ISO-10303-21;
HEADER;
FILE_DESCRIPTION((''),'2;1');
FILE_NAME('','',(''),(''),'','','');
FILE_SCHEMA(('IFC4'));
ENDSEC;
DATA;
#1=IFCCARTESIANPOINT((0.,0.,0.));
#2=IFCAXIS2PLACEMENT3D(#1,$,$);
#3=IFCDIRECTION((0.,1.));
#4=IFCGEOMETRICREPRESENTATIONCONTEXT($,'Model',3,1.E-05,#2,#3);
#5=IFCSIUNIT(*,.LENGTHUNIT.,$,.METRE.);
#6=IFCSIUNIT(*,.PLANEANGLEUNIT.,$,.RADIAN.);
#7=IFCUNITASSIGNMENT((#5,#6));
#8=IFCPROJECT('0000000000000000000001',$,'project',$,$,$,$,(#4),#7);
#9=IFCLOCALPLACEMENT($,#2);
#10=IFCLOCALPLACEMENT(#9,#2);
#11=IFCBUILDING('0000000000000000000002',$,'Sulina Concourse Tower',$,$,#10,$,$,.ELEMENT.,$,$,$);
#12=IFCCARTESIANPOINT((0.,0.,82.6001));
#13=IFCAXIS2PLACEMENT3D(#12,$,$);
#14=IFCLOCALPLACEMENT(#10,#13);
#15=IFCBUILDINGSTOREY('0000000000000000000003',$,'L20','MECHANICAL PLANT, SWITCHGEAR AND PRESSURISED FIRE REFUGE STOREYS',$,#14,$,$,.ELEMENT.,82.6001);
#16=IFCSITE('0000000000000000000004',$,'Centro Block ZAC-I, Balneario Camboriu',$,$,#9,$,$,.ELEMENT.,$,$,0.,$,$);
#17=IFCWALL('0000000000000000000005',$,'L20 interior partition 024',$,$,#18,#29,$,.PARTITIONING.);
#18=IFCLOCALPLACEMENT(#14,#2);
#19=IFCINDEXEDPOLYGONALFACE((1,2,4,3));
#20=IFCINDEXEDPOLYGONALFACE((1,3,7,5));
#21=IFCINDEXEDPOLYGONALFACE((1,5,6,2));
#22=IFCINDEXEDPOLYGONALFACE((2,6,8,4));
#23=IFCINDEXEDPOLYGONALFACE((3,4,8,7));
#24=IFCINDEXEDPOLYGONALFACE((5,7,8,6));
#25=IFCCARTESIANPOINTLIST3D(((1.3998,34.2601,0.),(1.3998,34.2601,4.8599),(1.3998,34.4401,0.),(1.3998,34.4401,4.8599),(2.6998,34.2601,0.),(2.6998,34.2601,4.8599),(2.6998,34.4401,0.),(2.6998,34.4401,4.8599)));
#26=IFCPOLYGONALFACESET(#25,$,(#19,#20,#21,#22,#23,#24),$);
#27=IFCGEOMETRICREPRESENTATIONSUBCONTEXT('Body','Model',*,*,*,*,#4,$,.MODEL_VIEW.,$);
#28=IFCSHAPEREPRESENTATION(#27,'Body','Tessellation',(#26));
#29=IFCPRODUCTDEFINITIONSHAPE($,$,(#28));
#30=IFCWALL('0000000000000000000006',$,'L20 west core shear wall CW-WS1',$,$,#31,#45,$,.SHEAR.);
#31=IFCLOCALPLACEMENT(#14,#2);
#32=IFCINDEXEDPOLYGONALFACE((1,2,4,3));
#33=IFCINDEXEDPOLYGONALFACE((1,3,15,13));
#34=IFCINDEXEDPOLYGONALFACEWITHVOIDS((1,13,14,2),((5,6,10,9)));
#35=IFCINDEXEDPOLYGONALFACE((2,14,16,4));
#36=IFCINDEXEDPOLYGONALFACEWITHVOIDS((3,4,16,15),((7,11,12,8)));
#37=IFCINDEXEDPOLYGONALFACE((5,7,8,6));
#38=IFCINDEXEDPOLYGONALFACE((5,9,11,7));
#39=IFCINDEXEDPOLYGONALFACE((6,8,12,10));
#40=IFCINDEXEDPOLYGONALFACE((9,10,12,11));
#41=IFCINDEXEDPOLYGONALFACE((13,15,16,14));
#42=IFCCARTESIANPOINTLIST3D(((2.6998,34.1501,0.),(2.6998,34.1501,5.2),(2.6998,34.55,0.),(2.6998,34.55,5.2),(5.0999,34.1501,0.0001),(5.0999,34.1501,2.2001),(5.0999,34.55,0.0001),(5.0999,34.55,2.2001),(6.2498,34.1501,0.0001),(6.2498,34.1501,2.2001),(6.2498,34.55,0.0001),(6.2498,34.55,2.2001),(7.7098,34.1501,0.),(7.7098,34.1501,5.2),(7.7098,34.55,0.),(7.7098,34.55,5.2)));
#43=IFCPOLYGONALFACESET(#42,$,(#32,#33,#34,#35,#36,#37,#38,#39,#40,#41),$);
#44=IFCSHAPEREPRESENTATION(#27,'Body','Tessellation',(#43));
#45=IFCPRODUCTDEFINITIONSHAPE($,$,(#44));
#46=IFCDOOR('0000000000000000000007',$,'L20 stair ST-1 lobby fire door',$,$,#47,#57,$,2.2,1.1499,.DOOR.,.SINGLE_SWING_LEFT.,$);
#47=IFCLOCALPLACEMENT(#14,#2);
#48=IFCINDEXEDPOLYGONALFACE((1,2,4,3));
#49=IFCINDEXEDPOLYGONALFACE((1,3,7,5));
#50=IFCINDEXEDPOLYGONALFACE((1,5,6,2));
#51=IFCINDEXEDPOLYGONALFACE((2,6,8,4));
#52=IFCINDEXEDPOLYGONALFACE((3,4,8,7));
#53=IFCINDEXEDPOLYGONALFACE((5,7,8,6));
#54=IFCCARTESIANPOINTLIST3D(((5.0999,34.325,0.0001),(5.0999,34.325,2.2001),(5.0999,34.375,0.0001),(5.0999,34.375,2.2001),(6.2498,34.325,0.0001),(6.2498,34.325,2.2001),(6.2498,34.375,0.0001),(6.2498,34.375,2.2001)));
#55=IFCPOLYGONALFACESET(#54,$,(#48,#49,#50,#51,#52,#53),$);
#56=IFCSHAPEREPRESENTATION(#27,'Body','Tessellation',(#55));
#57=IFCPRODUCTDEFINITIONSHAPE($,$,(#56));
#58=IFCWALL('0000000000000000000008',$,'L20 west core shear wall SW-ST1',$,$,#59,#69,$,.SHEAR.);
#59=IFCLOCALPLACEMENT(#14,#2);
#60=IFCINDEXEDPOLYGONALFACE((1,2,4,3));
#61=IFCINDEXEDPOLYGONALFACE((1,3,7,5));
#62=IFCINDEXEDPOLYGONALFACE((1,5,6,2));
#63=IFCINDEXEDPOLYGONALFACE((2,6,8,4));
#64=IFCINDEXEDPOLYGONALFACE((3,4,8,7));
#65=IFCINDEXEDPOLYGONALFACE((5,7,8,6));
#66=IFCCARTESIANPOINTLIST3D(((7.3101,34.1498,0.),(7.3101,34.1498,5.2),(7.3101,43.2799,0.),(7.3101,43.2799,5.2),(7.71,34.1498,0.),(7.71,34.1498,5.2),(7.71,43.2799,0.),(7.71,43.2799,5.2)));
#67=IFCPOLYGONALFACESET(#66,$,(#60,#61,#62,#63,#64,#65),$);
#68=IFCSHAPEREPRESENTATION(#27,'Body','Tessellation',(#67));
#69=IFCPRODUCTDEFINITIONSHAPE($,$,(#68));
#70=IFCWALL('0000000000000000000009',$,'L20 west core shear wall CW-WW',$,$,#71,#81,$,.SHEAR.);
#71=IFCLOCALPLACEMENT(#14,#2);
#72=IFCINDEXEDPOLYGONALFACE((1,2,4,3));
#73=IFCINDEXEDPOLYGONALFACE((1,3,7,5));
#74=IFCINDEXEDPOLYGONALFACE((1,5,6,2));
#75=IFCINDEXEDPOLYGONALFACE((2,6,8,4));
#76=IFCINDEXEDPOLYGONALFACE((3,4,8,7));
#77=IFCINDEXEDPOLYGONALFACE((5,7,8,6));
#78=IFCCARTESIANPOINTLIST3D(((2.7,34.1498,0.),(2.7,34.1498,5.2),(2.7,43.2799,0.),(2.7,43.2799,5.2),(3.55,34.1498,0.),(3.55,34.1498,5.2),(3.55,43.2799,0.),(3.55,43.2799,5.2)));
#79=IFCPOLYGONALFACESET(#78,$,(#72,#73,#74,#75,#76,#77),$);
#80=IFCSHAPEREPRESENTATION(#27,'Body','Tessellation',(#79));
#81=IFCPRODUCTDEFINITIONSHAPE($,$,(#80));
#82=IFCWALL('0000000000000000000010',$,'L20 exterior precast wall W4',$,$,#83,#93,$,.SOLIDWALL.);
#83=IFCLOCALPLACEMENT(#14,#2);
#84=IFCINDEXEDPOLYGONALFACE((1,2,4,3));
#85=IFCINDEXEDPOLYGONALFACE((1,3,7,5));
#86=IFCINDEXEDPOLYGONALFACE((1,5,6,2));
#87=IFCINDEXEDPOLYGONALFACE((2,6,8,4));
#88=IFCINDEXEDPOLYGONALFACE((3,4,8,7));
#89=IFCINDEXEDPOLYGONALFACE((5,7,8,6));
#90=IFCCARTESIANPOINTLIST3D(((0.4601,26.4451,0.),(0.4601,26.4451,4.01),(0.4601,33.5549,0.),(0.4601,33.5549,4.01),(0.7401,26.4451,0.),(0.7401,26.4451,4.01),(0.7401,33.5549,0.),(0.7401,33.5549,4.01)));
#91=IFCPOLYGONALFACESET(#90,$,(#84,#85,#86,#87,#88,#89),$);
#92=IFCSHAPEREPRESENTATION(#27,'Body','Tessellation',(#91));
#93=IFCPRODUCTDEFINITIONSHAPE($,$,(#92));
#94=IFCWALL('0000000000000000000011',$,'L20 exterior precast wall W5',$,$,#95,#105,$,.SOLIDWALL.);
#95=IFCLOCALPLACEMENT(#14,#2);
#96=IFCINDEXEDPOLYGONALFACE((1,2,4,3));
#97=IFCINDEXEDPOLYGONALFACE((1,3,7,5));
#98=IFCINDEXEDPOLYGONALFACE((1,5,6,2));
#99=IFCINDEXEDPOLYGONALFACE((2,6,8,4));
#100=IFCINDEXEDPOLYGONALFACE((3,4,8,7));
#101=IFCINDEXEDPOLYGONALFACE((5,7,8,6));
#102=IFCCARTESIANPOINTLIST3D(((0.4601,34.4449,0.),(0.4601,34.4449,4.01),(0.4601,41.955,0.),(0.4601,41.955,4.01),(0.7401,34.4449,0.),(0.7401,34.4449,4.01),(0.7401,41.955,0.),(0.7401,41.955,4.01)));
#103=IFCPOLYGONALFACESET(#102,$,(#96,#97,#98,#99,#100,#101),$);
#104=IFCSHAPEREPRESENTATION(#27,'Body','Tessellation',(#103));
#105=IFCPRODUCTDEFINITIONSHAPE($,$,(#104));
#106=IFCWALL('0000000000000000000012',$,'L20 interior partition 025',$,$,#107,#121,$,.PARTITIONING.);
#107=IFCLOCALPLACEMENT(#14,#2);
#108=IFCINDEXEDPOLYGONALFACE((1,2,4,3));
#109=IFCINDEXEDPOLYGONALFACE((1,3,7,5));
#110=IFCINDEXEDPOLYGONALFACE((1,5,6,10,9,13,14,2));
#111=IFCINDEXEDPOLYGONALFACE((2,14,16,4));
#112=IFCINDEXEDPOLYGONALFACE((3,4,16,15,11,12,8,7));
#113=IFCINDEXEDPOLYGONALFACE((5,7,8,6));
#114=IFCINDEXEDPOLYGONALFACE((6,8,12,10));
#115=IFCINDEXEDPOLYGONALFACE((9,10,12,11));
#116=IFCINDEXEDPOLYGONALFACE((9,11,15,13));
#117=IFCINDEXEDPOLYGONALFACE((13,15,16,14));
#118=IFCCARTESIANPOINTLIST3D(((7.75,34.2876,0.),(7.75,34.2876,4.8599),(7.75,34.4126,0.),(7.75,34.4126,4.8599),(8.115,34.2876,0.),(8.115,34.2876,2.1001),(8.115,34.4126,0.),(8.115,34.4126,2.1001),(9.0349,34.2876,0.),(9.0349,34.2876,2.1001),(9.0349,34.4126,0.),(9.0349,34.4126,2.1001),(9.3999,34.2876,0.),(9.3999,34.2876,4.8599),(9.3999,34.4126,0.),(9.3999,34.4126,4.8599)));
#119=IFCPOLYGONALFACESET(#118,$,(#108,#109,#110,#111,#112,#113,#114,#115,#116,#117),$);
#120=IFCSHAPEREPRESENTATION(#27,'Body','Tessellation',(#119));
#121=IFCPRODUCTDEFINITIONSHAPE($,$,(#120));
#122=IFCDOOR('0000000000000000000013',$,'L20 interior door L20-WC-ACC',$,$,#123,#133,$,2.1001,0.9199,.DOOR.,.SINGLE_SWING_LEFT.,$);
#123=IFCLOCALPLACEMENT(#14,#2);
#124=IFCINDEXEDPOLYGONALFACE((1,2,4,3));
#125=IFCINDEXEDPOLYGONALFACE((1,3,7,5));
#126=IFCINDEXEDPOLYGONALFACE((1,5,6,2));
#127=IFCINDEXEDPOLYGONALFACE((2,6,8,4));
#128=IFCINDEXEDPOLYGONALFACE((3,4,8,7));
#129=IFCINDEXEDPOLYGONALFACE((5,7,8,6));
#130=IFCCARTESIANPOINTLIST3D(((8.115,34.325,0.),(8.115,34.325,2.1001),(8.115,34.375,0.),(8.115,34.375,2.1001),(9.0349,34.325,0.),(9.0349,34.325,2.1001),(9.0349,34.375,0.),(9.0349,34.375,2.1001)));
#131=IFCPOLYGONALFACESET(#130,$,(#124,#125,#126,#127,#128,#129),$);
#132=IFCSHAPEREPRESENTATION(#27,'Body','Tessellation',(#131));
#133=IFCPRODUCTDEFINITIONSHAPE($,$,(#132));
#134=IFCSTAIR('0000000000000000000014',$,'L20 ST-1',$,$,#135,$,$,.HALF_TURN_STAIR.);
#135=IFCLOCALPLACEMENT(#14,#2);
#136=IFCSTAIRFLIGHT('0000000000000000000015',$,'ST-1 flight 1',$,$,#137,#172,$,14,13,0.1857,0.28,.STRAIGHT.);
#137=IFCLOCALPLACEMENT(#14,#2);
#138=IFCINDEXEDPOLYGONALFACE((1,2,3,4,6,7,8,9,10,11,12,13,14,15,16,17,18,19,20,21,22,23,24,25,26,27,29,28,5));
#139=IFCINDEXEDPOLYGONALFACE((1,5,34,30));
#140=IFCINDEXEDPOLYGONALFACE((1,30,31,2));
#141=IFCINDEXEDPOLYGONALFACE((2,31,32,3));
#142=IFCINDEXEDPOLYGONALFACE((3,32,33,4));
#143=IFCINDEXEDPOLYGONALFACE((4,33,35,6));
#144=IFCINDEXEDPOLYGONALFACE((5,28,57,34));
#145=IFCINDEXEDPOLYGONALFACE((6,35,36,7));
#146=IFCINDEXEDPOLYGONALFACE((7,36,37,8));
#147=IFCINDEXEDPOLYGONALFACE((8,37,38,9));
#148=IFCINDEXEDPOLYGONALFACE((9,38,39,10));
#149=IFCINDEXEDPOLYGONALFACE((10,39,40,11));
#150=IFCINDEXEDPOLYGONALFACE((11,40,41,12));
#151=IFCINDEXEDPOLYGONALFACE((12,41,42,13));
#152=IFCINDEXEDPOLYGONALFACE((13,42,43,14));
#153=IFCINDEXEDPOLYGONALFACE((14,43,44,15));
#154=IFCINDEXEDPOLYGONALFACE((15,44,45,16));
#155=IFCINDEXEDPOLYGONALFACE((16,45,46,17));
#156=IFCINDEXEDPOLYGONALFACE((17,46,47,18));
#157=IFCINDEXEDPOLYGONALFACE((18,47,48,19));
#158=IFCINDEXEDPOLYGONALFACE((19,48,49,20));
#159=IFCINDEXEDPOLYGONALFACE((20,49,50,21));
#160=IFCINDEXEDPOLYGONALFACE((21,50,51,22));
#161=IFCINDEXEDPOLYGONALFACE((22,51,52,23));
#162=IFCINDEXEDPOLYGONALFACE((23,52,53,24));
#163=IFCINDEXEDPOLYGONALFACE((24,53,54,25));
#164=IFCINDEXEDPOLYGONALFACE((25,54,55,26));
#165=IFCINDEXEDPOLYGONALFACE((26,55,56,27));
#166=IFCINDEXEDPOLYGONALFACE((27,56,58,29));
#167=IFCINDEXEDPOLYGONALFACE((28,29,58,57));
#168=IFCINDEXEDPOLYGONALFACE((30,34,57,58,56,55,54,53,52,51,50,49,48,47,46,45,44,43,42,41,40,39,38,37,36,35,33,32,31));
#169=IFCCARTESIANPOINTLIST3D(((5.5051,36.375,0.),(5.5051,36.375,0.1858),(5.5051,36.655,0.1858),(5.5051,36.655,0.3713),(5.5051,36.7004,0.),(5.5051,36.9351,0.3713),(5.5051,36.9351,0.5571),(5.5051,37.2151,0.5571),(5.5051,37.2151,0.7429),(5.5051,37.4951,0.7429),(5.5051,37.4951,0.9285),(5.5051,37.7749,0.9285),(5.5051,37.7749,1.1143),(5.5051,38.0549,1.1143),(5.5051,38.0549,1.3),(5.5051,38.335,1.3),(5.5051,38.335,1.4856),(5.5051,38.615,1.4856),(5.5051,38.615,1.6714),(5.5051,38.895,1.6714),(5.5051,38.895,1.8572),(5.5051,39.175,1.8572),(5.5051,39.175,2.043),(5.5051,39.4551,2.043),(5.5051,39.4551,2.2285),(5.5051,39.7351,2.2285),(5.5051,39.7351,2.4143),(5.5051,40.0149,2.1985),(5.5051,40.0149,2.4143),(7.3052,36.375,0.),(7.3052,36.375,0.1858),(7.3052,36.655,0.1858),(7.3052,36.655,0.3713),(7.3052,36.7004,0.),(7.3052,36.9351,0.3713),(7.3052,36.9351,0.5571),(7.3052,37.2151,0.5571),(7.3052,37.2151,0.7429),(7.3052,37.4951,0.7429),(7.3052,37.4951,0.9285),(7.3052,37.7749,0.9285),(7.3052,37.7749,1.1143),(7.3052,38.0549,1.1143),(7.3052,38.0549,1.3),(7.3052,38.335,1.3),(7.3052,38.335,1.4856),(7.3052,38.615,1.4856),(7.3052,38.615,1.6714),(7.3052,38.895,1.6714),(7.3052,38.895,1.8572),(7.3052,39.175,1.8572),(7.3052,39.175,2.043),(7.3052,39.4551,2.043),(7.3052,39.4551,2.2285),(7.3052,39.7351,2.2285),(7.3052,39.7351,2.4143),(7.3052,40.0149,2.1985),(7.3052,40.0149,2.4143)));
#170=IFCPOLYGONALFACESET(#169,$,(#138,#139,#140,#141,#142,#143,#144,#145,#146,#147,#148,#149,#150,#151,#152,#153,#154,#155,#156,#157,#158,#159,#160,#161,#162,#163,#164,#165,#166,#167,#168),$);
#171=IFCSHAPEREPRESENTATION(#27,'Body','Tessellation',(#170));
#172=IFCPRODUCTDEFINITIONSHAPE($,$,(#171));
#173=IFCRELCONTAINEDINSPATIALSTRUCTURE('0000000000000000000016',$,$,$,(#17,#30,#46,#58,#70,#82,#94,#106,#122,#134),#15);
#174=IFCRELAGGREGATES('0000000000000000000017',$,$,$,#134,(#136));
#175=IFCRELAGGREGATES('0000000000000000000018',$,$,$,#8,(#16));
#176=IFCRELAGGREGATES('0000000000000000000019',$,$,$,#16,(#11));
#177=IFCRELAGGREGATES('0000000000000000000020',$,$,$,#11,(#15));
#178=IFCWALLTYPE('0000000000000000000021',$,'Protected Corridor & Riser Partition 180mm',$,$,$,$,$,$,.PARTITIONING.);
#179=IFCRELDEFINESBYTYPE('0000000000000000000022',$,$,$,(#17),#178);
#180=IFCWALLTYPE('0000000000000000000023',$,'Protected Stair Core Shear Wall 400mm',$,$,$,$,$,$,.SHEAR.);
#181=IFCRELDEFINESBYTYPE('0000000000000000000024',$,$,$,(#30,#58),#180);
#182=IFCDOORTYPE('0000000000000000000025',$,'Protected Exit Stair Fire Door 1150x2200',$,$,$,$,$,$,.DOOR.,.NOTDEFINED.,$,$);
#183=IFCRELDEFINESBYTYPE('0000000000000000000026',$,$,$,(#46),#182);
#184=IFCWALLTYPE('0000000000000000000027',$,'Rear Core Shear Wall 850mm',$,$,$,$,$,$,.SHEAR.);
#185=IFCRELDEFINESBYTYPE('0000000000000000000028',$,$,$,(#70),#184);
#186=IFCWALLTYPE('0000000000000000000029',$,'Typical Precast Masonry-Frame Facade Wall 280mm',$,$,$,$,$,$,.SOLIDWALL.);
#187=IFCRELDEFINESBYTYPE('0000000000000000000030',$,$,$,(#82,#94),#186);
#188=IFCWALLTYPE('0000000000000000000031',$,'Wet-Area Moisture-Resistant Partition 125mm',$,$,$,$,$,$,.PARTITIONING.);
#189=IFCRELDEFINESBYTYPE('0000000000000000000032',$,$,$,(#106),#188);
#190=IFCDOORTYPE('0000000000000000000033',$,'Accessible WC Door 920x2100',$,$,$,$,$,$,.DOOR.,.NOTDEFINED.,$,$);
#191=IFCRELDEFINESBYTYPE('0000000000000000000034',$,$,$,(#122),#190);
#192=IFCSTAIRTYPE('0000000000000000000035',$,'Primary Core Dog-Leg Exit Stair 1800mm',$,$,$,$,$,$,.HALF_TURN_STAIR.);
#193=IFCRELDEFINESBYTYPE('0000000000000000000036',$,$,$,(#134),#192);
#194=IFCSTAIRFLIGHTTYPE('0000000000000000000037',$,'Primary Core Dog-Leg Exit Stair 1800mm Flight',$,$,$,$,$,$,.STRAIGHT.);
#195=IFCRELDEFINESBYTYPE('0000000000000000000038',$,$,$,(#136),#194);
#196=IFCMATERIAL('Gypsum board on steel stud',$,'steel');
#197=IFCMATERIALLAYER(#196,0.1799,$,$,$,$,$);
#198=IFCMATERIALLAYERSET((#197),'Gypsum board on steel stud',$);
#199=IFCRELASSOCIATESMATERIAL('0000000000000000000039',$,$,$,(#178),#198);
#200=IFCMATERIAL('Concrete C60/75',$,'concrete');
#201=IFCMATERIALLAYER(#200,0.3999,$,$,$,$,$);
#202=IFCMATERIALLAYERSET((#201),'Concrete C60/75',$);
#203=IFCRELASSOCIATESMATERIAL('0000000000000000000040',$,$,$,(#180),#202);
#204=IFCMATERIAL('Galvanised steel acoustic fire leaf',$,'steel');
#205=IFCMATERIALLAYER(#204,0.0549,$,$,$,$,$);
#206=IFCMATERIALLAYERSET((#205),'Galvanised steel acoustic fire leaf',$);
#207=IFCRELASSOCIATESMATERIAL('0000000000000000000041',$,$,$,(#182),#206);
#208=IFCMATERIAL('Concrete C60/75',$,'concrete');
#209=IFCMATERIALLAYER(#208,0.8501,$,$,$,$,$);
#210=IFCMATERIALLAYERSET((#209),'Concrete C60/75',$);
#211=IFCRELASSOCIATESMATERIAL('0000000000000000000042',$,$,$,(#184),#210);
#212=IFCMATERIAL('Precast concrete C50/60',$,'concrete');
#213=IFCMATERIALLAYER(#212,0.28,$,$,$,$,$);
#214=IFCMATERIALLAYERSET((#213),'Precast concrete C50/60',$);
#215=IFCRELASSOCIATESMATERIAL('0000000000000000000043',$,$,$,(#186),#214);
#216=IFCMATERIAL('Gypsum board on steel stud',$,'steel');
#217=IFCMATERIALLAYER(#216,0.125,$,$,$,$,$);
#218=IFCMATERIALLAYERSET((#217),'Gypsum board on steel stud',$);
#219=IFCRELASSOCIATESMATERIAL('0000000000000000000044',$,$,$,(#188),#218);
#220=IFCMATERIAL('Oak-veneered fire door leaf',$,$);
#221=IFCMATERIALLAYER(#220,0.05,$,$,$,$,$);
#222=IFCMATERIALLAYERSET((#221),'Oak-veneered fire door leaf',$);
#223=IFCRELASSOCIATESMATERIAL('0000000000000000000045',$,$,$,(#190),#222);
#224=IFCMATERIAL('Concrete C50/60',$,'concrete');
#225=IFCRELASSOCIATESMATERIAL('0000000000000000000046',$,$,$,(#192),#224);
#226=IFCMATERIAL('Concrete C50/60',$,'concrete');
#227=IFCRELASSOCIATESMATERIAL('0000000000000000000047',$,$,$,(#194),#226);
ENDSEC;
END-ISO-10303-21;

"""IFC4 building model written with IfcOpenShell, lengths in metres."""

from ifc_helpers import new_model, si_unit, direction, frame, frame_2d, origin, place, context, subcontext, project, spatial, polyline, rectangle, outline, extrude, material, layer, layer_set, type_object, element, fill, aggregate, save


model = new_model("IFC4")

# Units and contexts
model_context = context("Model", 3, precision=1e-05, world=origin(), true_north=direction((0.0, 1.0)))
body_context = subcontext(model_context, "Body", "Model", "MODEL_VIEW")
ifc_project = project(units=[si_unit("LENGTHUNIT", "METRE"), si_unit("PLANEANGLEUNIT", "RADIAN")], contexts=[model_context])

# Site, building, storey
site_placement = place(None, origin())
site = spatial("IfcSite", under=ifc_project, at=site_placement, Name="Centro Block ZAC-I, Balneario Camboriu", CompositionType="ELEMENT", RefElevation=0.0)
building_placement = place(site_placement, origin())
building = spatial("IfcBuilding", under=site, at=building_placement, Name="Sulina Concourse Tower", CompositionType="ELEMENT")
storey_placement = place(building_placement, frame((0.0, 0.0, 82.6001)))
storey = spatial("IfcBuildingStorey", under=building, at=storey_placement, Name="L20", Description="MECHANICAL PLANT, SWITCHGEAR AND PRESSURISED FIRE REFUGE STOREYS", CompositionType="ELEMENT", Elevation=82.6001)

# Wall
ifc_material_1 = material(Name="Gypsum board on steel stud", Category="steel")
ifc_layer_1 = layer(ifc_material_1, 0.1799)
ifc_layer_set_1 = layer_set([ifc_layer_1], Name="Gypsum board on steel stud")
wall_type_1 = type_object("IfcWallType", Name="Protected Corridor & Riser Partition 180mm", PredefinedType="PARTITIONING", material=ifc_layer_set_1)
wall_1_placement = place(storey_placement, frame((1.3999, 34.3501, 0.0), z_axis=(0.0, 0.0, 1.0), x_axis=(1.0, 0.0, 0.0)))
element("IfcWall", 1, at=wall_1_placement, inside=storey, type_object=wall_type_1, Name="L20 interior partition 024", PredefinedType="PARTITIONING", context=body_context, shape_type="SweptSolid", body=[
    extrude(rectangle(XDim=1.3, YDim=0.1799, at=frame_2d((0.6499, 0.0))), origin(), (0.0, 0.0, 1.0), 4.8599),
])

# Wall, opening, door
ifc_material_2 = material(Name="Concrete C60/75", Category="concrete")
ifc_layer_2 = layer(ifc_material_2, 0.3999)
ifc_layer_set_2 = layer_set([ifc_layer_2], Name="Concrete C60/75")
wall_type_2 = type_object("IfcWallType", Name="Protected Stair Core Shear Wall 400mm", PredefinedType="SHEAR", material=ifc_layer_set_2)
wall_2_placement = place(storey_placement, frame((2.7, 34.3501, 0.0), z_axis=(0.0, 0.0, 1.0), x_axis=(1.0, 0.0, 0.0)))
wall_2 = element("IfcWall", 2, at=wall_2_placement, inside=storey, type_object=wall_type_2, Name="L20 west core shear wall CW-WS1", PredefinedType="SHEAR", context=body_context, shape_type="SweptSolid", body=[
    extrude(rectangle(XDim=5.01, YDim=0.3999, at=frame_2d((2.5049, 0.0))), origin(), (0.0, 0.0, 1.0), 5.2),
])
opening_1_placement = place(wall_2_placement, frame((2.3999, 0.0, 0.0)))
opening_1 = element("IfcOpeningElement", 3, at=opening_1_placement, cuts=wall_2, PredefinedType="OPENING", context=body_context, shape_type="SweptSolid", body=[
    extrude(rectangle(XDim=1.1499, YDim=2.2, at=frame_2d((0.575, 1.1001))), frame((0.0, 0.21, 0.0), z_axis=(0.0, -1.0, 0.0), x_axis=(1.0, 0.0, 0.0)), (0.0, 0.0, 1.0), 0.4199),
])
ifc_material_3 = material(Name="Galvanised steel acoustic fire leaf", Category="steel")
ifc_layer_3 = layer(ifc_material_3, 0.0549)
ifc_layer_set_3 = layer_set([ifc_layer_3], Name="Galvanised steel acoustic fire leaf")
door_type_1 = type_object("IfcDoorType", Name="Protected Exit Stair Fire Door 1150x2200", OperationType="NOTDEFINED", PredefinedType="DOOR", material=ifc_layer_set_3)
door_1_placement = place(opening_1_placement, origin())
door_1 = element("IfcDoor", 4, at=door_1_placement, inside=storey, type_object=door_type_1, Name="L20 stair ST-1 lobby fire door", OperationType="SINGLE_SWING_LEFT", OverallHeight=2.2, OverallWidth=1.1499, PredefinedType="DOOR", context=body_context, shape_type="SweptSolid", body=[
    extrude(rectangle(XDim=1.1499, YDim=2.2, at=frame_2d((0.575, 1.1001))), frame((0.0, 0.0249, 0.0), z_axis=(0.0, -1.0, 0.0), x_axis=(1.0, 0.0, 0.0)), (0.0, 0.0, 1.0), 0.05),
])
fill(opening_1, door_1)

# Walls
wall_3_placement = place(storey_placement, frame((7.51, 34.1499, 0.0), z_axis=(0.0, 0.0, 1.0), x_axis=(0.0, 1.0, 0.0)))
element("IfcWall", 5, at=wall_3_placement, inside=storey, type_object=wall_type_2, Name="L20 west core shear wall SW-ST1", PredefinedType="SHEAR", context=body_context, shape_type="SweptSolid", body=[
    extrude(rectangle(XDim=9.1301, YDim=0.3999, at=frame_2d((4.5649, 0.0))), origin(), (0.0, 0.0, 1.0), 5.2),
])
ifc_material_4 = material(Name="Concrete C60/75", Category="concrete")
ifc_layer_4 = layer(ifc_material_4, 0.8501)
ifc_layer_set_4 = layer_set([ifc_layer_4], Name="Concrete C60/75")
wall_type_3 = type_object("IfcWallType", Name="Rear Core Shear Wall 850mm", PredefinedType="SHEAR", material=ifc_layer_set_4)
wall_4_placement = place(storey_placement, frame((3.125, 34.1499, 0.0), z_axis=(0.0, 0.0, 1.0), x_axis=(0.0, 1.0, 0.0)))
element("IfcWall", 6, at=wall_4_placement, inside=storey, type_object=wall_type_3, Name="L20 west core shear wall CW-WW", PredefinedType="SHEAR", context=body_context, shape_type="SweptSolid", body=[
    extrude(rectangle(XDim=9.1301, YDim=0.8501, at=frame_2d((4.5649, 0.0))), origin(), (0.0, 0.0, 1.0), 5.2),
])
ifc_material_5 = material(Name="Precast concrete C50/60", Category="concrete")
ifc_layer_5 = layer(ifc_material_5, 0.28)
ifc_layer_set_5 = layer_set([ifc_layer_5], Name="Precast concrete C50/60")
wall_type_4 = type_object("IfcWallType", Name="Typical Precast Masonry-Frame Facade Wall 280mm", PredefinedType="SOLIDWALL", material=ifc_layer_set_5)
wall_5_placement = place(storey_placement, frame((0.6001, 26.4451, 0.0), z_axis=(0.0, 0.0, 1.0), x_axis=(0.0, 1.0, 0.0)))
element("IfcWall", 7, at=wall_5_placement, inside=storey, type_object=wall_type_4, Name="L20 exterior precast wall W4", PredefinedType="SOLIDWALL", context=body_context, shape_type="SweptSolid", body=[
    extrude(rectangle(XDim=7.1099, YDim=0.28, at=frame_2d((3.5549, 0.0))), origin(), (0.0, 0.0, 1.0), 4.01),
])
wall_6_placement = place(storey_placement, frame((0.6001, 34.4451, 0.0), z_axis=(0.0, 0.0, 1.0), x_axis=(0.0, 1.0, 0.0)))
element("IfcWall", 8, at=wall_6_placement, inside=storey, type_object=wall_type_4, Name="L20 exterior precast wall W5", PredefinedType="SOLIDWALL", context=body_context, shape_type="SweptSolid", body=[
    extrude(rectangle(XDim=7.51, YDim=0.28, at=frame_2d((3.7549, 0.0))), origin(), (0.0, 0.0, 1.0), 4.01),
])

# Wall, opening, door
ifc_material_6 = material(Name="Gypsum board on steel stud", Category="steel")
ifc_layer_6 = layer(ifc_material_6, 0.125)
ifc_layer_set_6 = layer_set([ifc_layer_6], Name="Gypsum board on steel stud")
wall_type_5 = type_object("IfcWallType", Name="Wet-Area Moisture-Resistant Partition 125mm", PredefinedType="PARTITIONING", material=ifc_layer_set_6)
wall_7_placement = place(storey_placement, frame((7.75, 34.3501, 0.0), z_axis=(0.0, 0.0, 1.0), x_axis=(1.0, 0.0, 0.0)))
wall_7 = element("IfcWall", 9, at=wall_7_placement, inside=storey, type_object=wall_type_5, Name="L20 interior partition 025", PredefinedType="PARTITIONING", context=body_context, shape_type="SweptSolid", body=[
    extrude(rectangle(XDim=1.6499, YDim=0.125, at=frame_2d((0.825, 0.0))), origin(), (0.0, 0.0, 1.0), 4.8599),
])
opening_2_placement = place(wall_7_placement, frame((0.365, 0.0, 0.0)))
opening_2 = element("IfcOpeningElement", 10, at=opening_2_placement, cuts=wall_7, PredefinedType="OPENING", context=body_context, shape_type="SweptSolid", body=[
    extrude(rectangle(XDim=0.9199, YDim=2.1001, at=frame_2d((0.46, 1.05))), frame((0.0, 0.0725, 0.0), z_axis=(0.0, -1.0, 0.0), x_axis=(1.0, 0.0, 0.0)), (0.0, 0.0, 1.0), 0.145),
])
ifc_material_7 = material(Name="Oak-veneered fire door leaf")
ifc_layer_7 = layer(ifc_material_7, 0.05)
ifc_layer_set_7 = layer_set([ifc_layer_7], Name="Oak-veneered fire door leaf")
door_type_2 = type_object("IfcDoorType", Name="Accessible WC Door 920x2100", OperationType="NOTDEFINED", PredefinedType="DOOR", material=ifc_layer_set_7)
door_2_placement = place(opening_2_placement, origin())
door_2 = element("IfcDoor", 11, at=door_2_placement, inside=storey, type_object=door_type_2, Name="L20 interior door L20-WC-ACC", OperationType="SINGLE_SWING_LEFT", OverallHeight=2.1001, OverallWidth=0.9199, PredefinedType="DOOR", context=body_context, shape_type="SweptSolid", body=[
    extrude(rectangle(XDim=0.9199, YDim=2.1001, at=frame_2d((0.46, 1.05))), frame((0.0, 0.0249, 0.0), z_axis=(0.0, -1.0, 0.0), x_axis=(1.0, 0.0, 0.0)), (0.0, 0.0, 1.0), 0.05),
])
fill(opening_2, door_2)

# Stair, stair flight
ifc_material_8 = material(Name="Concrete C50/60", Category="concrete")
stair_type = type_object("IfcStairType", Name="Primary Core Dog-Leg Exit Stair 1800mm", PredefinedType="HALF_TURN_STAIR", material=ifc_material_8)
stair_placement = place(storey_placement, origin())
stair = element("IfcStair", 12, at=stair_placement, inside=storey, type_object=stair_type, Name="L20 ST-1", PredefinedType="HALF_TURN_STAIR")
ifc_material_9 = material(Name="Concrete C50/60", Category="concrete")
stair_flight_type = type_object("IfcStairFlightType", Name="Primary Core Dog-Leg Exit Stair 1800mm Flight", PredefinedType="STRAIGHT", material=ifc_material_9)
stair_flight_placement = place(storey_placement, frame((6.405, 36.375, 0.0), z_axis=(0.0, 0.0, 1.0), x_axis=(0.0, 1.0, 0.0)))
stair_flight = element("IfcStairFlight", 13, at=stair_flight_placement, type_object=stair_flight_type, Name="ST-1 flight 1", NumberOfRisers=14, NumberOfTreads=13, PredefinedType="STRAIGHT", RiserHeight=0.1857, TreadLength=0.28, context=body_context, shape_type="SweptSolid", body=[
    extrude(outline(polyline([(0.0, 0.0), (0.0, 0.1858), (0.28, 0.1858), (0.28, 0.3713), (0.5601, 0.3713), (0.5601, 0.5571), (0.8401, 0.5571), (0.8401, 0.7429), (1.1201, 0.7429), (1.1201, 0.9285), (1.3999, 0.9285), (1.3999, 1.1143), (1.6799, 1.1143), (1.6799, 1.3), (1.96, 1.3), (1.96, 1.4856), (2.24, 1.4856), (2.24, 1.6714), (2.52, 1.6714), (2.52, 1.8572), (2.8, 1.8572), (2.8, 2.043), (3.0801, 2.043), (3.0801, 2.2285), (3.3601, 2.2285), (3.3601, 2.4143), (3.6399, 2.4143), (3.6399, 2.6001), (3.6399, 2.1985), (0.3254, 0.0), (0.0, 0.0)])), frame((0.0, 0.8999, 0.0), z_axis=(0.0, -1.0, 0.0), x_axis=(1.0, 0.0, 0.0)), (0.0, 0.0, 1.0), 1.8),
])
aggregate(stair, [stair_flight])

save(model, "model.ifc")
